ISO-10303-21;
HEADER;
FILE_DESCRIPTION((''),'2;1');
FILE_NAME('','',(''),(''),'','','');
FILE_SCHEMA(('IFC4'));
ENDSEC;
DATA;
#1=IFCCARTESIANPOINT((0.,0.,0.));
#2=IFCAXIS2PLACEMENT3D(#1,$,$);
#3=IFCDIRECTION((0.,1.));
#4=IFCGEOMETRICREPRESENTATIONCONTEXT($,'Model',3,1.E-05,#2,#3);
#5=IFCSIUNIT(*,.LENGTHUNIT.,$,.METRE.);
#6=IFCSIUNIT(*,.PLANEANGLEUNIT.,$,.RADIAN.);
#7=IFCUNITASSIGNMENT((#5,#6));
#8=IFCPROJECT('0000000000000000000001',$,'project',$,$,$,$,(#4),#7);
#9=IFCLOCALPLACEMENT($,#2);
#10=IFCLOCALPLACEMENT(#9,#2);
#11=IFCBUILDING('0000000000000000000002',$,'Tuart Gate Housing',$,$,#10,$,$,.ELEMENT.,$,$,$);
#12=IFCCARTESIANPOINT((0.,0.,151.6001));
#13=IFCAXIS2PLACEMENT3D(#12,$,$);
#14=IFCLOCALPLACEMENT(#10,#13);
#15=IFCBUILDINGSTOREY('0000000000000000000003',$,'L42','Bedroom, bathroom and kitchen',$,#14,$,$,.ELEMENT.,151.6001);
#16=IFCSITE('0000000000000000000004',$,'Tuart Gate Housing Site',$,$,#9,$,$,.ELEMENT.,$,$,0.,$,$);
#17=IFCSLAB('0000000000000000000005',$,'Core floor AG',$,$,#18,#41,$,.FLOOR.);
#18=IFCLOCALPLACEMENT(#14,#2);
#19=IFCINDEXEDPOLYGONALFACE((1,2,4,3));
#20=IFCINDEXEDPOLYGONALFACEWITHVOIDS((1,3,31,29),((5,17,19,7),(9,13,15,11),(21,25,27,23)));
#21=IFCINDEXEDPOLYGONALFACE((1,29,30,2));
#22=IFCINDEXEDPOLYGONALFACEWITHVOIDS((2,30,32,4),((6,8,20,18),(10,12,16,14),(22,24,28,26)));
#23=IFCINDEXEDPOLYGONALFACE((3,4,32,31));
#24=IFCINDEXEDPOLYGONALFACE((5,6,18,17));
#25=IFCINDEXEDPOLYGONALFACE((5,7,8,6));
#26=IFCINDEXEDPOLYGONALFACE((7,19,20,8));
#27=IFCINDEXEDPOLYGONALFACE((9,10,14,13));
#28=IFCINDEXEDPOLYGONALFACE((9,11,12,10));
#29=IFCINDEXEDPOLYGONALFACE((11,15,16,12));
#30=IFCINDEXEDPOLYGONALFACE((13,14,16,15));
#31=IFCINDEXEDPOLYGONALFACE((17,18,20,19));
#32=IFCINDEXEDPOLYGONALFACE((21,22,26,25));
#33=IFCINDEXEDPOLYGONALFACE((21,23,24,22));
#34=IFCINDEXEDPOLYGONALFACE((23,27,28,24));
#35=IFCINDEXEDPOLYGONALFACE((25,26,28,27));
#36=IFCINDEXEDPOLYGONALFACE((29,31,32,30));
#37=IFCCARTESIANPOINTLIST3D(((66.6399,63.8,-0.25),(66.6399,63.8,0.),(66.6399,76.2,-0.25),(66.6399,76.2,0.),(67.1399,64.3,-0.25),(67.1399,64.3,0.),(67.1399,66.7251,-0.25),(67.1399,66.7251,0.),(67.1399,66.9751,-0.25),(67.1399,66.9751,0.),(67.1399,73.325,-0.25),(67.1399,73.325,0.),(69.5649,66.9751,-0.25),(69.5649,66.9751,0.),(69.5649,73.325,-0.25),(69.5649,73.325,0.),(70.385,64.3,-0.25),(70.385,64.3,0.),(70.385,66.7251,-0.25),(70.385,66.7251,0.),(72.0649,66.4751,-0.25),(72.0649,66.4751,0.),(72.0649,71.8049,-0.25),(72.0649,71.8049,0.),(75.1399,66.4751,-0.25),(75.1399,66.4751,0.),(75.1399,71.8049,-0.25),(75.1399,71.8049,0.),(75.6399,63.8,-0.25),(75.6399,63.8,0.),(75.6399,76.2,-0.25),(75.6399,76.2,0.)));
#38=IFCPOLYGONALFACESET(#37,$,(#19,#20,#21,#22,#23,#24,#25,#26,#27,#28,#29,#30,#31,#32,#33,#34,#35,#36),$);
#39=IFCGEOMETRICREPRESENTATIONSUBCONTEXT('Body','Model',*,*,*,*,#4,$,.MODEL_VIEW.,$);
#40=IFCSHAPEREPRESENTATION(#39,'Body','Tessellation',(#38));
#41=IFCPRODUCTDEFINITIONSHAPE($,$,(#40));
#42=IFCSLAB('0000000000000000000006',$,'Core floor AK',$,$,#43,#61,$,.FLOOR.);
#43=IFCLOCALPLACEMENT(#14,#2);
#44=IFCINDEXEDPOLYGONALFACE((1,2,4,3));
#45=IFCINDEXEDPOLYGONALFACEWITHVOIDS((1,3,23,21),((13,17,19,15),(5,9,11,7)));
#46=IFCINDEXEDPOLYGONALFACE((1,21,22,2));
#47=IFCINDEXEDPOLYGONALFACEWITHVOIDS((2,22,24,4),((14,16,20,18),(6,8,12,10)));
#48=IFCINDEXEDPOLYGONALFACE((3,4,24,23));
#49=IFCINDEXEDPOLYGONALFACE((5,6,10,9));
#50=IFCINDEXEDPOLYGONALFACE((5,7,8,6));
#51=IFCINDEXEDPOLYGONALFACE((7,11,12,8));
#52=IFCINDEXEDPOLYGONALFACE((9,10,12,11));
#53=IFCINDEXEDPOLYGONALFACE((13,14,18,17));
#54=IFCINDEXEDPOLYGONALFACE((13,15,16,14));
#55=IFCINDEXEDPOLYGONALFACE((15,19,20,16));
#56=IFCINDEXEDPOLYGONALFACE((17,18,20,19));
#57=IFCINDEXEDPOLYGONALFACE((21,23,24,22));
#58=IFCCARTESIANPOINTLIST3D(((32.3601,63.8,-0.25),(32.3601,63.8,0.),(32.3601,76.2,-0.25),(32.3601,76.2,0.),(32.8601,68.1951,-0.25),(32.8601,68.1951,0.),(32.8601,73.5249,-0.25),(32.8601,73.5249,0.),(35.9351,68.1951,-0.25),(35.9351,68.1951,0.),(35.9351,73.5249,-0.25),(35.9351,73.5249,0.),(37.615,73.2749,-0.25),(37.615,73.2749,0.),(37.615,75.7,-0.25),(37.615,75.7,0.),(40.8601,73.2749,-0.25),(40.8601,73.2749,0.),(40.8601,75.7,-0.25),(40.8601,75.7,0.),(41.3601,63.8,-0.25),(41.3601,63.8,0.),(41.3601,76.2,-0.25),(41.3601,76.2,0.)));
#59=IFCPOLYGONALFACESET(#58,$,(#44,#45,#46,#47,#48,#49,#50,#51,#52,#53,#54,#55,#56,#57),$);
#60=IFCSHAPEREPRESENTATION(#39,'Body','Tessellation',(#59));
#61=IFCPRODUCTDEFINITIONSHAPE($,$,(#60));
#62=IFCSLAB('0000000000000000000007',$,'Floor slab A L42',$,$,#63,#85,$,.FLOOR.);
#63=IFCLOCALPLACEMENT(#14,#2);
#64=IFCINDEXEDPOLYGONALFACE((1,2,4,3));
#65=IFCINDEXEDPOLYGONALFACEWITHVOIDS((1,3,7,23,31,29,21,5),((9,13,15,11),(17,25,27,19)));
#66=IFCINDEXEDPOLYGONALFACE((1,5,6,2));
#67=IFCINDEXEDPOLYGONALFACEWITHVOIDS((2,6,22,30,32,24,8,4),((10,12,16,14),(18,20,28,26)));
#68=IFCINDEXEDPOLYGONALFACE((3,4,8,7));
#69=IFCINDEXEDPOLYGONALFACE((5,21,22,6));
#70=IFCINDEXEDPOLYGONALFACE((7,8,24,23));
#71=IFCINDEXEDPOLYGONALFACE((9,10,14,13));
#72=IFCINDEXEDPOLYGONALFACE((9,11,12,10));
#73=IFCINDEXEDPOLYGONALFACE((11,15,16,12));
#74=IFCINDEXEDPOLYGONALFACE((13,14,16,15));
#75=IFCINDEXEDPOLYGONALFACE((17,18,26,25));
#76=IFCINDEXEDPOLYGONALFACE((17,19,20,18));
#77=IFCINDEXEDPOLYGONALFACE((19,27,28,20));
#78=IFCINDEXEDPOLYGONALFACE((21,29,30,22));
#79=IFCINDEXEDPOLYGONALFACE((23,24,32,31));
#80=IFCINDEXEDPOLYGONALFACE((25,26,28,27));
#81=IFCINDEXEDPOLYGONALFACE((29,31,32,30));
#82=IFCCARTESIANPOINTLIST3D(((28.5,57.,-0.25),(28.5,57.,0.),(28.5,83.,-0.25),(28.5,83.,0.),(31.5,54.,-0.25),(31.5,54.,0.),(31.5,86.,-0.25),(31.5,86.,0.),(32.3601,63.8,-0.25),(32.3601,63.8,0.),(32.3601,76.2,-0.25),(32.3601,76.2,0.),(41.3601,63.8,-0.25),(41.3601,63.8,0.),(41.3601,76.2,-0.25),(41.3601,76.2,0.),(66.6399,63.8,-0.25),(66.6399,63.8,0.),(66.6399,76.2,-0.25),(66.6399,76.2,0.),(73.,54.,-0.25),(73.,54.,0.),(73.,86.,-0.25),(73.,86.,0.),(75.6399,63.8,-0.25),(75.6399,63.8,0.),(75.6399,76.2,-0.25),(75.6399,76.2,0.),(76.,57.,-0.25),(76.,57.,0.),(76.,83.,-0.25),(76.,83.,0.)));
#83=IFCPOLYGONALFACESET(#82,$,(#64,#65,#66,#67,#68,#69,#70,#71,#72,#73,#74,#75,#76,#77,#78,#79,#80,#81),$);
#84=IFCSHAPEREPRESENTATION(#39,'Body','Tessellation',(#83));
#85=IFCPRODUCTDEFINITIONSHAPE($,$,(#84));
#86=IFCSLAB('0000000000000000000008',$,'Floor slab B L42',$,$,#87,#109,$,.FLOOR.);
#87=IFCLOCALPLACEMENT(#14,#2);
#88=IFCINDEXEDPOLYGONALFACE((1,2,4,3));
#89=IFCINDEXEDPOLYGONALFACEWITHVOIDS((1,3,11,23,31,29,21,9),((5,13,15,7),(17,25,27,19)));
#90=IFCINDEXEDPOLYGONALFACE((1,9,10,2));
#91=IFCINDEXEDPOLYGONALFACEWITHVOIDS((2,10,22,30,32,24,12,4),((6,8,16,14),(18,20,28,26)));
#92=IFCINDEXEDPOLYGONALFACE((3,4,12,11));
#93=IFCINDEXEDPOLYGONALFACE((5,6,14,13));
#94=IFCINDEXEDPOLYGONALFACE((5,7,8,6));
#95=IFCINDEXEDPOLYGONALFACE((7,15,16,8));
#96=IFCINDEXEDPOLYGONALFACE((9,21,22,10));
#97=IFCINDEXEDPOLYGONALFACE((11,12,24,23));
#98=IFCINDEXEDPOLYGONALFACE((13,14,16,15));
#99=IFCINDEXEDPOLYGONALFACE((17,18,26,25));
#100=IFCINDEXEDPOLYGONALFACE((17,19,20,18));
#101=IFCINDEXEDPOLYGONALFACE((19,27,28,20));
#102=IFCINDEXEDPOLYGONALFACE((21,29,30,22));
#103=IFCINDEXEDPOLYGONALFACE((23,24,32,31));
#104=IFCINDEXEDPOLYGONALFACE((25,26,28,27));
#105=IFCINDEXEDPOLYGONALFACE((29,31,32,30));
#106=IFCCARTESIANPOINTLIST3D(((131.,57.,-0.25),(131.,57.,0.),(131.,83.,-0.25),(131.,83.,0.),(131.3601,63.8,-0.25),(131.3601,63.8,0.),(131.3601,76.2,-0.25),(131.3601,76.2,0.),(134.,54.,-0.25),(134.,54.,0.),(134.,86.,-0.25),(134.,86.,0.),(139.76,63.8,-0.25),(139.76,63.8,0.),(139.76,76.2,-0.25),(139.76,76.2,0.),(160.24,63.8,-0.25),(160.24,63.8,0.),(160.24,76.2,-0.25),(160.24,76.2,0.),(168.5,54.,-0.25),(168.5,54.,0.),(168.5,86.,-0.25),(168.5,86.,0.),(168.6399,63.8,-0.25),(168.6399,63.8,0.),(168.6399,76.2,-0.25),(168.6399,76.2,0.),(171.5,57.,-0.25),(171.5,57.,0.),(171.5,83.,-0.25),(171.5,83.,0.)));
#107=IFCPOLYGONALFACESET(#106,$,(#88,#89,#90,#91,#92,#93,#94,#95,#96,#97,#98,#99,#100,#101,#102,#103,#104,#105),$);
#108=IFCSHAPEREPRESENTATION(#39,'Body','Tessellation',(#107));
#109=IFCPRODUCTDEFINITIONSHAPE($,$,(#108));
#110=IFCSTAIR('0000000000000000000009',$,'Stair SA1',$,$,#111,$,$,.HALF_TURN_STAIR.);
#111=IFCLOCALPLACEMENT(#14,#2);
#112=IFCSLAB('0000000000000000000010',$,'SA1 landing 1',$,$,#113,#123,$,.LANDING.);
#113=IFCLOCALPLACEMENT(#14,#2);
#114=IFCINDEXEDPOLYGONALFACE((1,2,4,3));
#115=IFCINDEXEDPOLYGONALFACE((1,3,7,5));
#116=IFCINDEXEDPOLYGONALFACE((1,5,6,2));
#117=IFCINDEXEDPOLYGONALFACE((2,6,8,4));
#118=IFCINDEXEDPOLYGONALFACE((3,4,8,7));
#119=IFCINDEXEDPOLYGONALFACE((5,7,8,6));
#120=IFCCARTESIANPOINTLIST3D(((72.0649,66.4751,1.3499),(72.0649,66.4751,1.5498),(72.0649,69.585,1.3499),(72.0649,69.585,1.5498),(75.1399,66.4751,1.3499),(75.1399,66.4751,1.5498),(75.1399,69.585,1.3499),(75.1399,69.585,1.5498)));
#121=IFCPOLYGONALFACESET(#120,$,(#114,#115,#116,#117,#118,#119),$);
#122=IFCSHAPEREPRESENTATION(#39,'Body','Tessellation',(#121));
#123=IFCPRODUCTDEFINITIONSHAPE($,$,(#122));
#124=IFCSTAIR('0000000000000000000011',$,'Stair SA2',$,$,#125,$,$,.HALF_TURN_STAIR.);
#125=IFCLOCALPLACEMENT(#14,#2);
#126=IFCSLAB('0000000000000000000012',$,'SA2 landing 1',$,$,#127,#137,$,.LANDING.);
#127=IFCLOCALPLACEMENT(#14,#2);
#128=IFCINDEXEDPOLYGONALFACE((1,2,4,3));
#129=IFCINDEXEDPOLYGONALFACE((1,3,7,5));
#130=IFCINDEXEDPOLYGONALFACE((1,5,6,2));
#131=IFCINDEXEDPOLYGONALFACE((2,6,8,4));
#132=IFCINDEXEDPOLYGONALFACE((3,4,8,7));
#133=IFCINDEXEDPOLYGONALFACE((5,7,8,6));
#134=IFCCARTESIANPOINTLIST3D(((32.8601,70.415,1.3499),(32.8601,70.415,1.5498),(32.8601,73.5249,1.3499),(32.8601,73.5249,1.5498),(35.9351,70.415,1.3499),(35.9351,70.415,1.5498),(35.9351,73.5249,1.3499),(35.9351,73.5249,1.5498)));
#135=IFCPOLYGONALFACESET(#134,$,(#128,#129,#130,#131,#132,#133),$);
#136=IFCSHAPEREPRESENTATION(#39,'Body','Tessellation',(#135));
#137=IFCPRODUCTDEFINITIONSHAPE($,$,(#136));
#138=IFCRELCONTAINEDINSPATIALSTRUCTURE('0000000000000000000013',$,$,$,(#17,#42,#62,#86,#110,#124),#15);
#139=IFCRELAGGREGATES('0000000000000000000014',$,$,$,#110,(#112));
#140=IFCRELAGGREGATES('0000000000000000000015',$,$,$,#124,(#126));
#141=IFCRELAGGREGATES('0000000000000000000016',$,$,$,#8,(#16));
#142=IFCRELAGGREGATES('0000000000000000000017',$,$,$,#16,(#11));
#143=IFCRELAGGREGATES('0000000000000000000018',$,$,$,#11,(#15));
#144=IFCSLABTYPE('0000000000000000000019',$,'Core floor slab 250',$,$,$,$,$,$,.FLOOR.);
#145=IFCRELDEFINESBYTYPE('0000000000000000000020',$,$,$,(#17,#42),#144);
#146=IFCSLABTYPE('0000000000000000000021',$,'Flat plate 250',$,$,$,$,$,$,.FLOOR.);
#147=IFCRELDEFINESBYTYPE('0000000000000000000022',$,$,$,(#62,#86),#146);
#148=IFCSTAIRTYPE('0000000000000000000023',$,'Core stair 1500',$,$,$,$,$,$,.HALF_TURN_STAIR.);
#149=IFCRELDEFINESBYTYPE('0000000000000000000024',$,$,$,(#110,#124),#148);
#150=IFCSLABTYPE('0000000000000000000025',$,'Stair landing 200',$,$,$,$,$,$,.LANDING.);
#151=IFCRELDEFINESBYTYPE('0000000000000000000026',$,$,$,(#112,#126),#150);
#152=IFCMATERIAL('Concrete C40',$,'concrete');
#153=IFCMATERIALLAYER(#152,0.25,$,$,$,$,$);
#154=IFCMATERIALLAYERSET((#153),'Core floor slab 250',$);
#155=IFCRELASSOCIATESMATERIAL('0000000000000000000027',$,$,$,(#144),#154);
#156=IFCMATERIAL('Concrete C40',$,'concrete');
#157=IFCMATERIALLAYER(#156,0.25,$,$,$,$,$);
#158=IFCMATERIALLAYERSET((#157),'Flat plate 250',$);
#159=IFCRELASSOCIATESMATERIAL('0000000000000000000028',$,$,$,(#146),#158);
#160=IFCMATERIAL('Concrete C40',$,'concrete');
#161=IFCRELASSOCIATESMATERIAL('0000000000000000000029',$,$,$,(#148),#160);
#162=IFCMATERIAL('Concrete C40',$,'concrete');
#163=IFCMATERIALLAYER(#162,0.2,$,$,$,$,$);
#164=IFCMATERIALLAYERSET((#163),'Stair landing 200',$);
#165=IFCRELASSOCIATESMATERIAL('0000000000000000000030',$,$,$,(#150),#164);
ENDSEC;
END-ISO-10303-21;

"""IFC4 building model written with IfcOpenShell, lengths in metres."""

from ifc_helpers import new_model, si_unit, direction, frame, origin, place, context, subcontext, project, spatial, polyline, outline, extrude, material, layer, layer_set, type_object, element, aggregate, save


model = new_model("IFC4")

# Units and contexts
model_context = context("Model", 3, precision=1e-05, world=origin(), true_north=direction((0.0, 1.0)))
body_context = subcontext(model_context, "Body", "Model", "MODEL_VIEW")
ifc_project = project(units=[si_unit("LENGTHUNIT", "METRE"), si_unit("PLANEANGLEUNIT", "RADIAN")], contexts=[model_context])

# Site, building, storey
site_placement = place(None, origin())
site = spatial("IfcSite", under=ifc_project, at=site_placement, Name="Tuart Gate Housing Site", CompositionType="ELEMENT", RefElevation=0.0)
building_placement = place(site_placement, origin())
building = spatial("IfcBuilding", under=site, at=building_placement, Name="Tuart Gate Housing", CompositionType="ELEMENT")
storey_placement = place(building_placement, frame((0.0, 0.0, 151.6001)))
storey = spatial("IfcBuildingStorey", under=building, at=storey_placement, Name="L42", Description="Bedroom, bathroom and kitchen", CompositionType="ELEMENT", Elevation=151.6001)

# Slabs
ifc_material_1 = material(Name="Concrete C40", Category="concrete")
ifc_layer_1 = layer(ifc_material_1, 0.25)
ifc_layer_set_1 = layer_set([ifc_layer_1], Name="Core floor slab 250")
slab_type_1 = type_object("IfcSlabType", Name="Core floor slab 250", PredefinedType="FLOOR", material=ifc_layer_set_1)
slab_1_placement = place(storey_placement, frame((0.0, 0.0, -0.25)))
element("IfcSlab", 1, at=slab_1_placement, inside=storey, type_object=slab_type_1, Name="Core floor AG", PredefinedType="FLOOR", context=body_context, shape_type="SweptSolid", body=[
    extrude(outline(polyline([(66.6399, 63.8), (75.6399, 63.8), (75.6399, 76.2), (66.6399, 76.2), (66.6399, 63.8)]), holes=[polyline([(67.1399, 64.3), (70.385, 64.3), (70.385, 66.7251), (67.1399, 66.7251), (67.1399, 64.3)]), polyline([(67.1399, 66.9751), (69.5649, 66.9751), (69.5649, 73.325), (67.1399, 73.325), (67.1399, 66.9751)]), polyline([(72.0649, 66.4751), (75.1399, 66.4751), (75.1399, 71.8049), (72.0649, 71.8049), (72.0649, 66.4751)])]), origin(), (0.0, 0.0, 1.0), 0.25),
])
slab_2_placement = place(storey_placement, frame((0.0, 0.0, -0.25)))
element("IfcSlab", 2, at=slab_2_placement, inside=storey, type_object=slab_type_1, Name="Core floor AK", PredefinedType="FLOOR", context=body_context, shape_type="SweptSolid", body=[
    extrude(outline(polyline([(32.3601, 63.8), (41.3601, 63.8), (41.3601, 76.2), (32.3601, 76.2), (32.3601, 63.8)]), holes=[polyline([(40.8601, 75.7), (37.615, 75.7), (37.615, 73.2749), (40.8601, 73.2749), (40.8601, 75.7)]), polyline([(35.9351, 73.5249), (32.8601, 73.5249), (32.8601, 68.1951), (35.9351, 68.1951), (35.9351, 73.5249)])]), origin(), (0.0, 0.0, 1.0), 0.25),
])
ifc_material_2 = material(Name="Concrete C40", Category="concrete")
ifc_layer_2 = layer(ifc_material_2, 0.25)
ifc_layer_set_2 = layer_set([ifc_layer_2], Name="Flat plate 250")
slab_type_2 = type_object("IfcSlabType", Name="Flat plate 250", PredefinedType="FLOOR", material=ifc_layer_set_2)
slab_3_placement = place(storey_placement, frame((0.0, 0.0, -0.25)))
element("IfcSlab", 3, at=slab_3_placement, inside=storey, type_object=slab_type_2, Name="Floor slab A L42", PredefinedType="FLOOR", context=body_context, shape_type="SweptSolid", body=[
    extrude(outline(polyline([(31.5, 86.0), (28.5, 83.0), (28.5, 57.0), (31.5, 54.0), (73.0, 54.0), (76.0, 57.0), (76.0, 83.0), (73.0, 86.0), (31.5, 86.0)]), holes=[polyline([(66.6399, 76.2), (75.6399, 76.2), (75.6399, 63.8), (66.6399, 63.8), (66.6399, 76.2)]), polyline([(41.3601, 76.2), (41.3601, 63.8), (32.3601, 63.8), (32.3601, 76.2), (41.3601, 76.2)])]), origin(), (0.0, 0.0, 1.0), 0.25),
])
slab_4_placement = place(storey_placement, frame((0.0, 0.0, -0.25)))
element("IfcSlab", 4, at=slab_4_placement, inside=storey, type_object=slab_type_2, Name="Floor slab B L42", PredefinedType="FLOOR", context=body_context, shape_type="SweptSolid", body=[
    extrude(outline(polyline([(134.0, 86.0), (131.0, 83.0), (131.0, 57.0), (134.0, 54.0), (168.5, 54.0), (171.5, 57.0), (171.5, 83.0), (168.5, 86.0), (134.0, 86.0)]), holes=[polyline([(131.3601, 76.2), (139.76, 76.2), (139.76, 63.8), (131.3601, 63.8), (131.3601, 76.2)]), polyline([(168.6399, 76.2), (168.6399, 63.8), (160.24, 63.8), (160.24, 76.2), (168.6399, 76.2)])]), origin(), (0.0, 0.0, 1.0), 0.25),
])

# Stairs, slabs
ifc_material_3 = material(Name="Concrete C40", Category="concrete")
stair_type = type_object("IfcStairType", Name="Core stair 1500", PredefinedType="HALF_TURN_STAIR", material=ifc_material_3)
stair_1_placement = place(storey_placement, origin())
stair_1 = element("IfcStair", 5, at=stair_1_placement, inside=storey, type_object=stair_type, Name="Stair SA1", PredefinedType="HALF_TURN_STAIR")
ifc_material_4 = material(Name="Concrete C40", Category="concrete")
ifc_layer_3 = layer(ifc_material_4, 0.2)
ifc_layer_set_3 = layer_set([ifc_layer_3], Name="Stair landing 200")
slab_type_3 = type_object("IfcSlabType", Name="Stair landing 200", PredefinedType="LANDING", material=ifc_layer_set_3)
slab_5_placement = place(storey_placement, frame((0.0, 0.0, 1.3499)))
slab_5 = element("IfcSlab", 6, at=slab_5_placement, type_object=slab_type_3, Name="SA1 landing 1", PredefinedType="LANDING", context=body_context, shape_type="SweptSolid", body=[
    extrude(outline(polyline([(72.0649, 66.4751), (75.1399, 66.4751), (75.1399, 69.585), (72.0649, 69.585), (72.0649, 66.4751)])), origin(), (0.0, 0.0, 1.0), 0.2),
])
aggregate(stair_1, [slab_5])
stair_2_placement = place(storey_placement, origin())
stair_2 = element("IfcStair", 7, at=stair_2_placement, inside=storey, type_object=stair_type, Name="Stair SA2", PredefinedType="HALF_TURN_STAIR")
slab_6_placement = place(storey_placement, frame((0.0, 0.0, 1.3499)))
slab_6 = element("IfcSlab", 8, at=slab_6_placement, type_object=slab_type_3, Name="SA2 landing 1", PredefinedType="LANDING", context=body_context, shape_type="SweptSolid", body=[
    extrude(outline(polyline([(35.9351, 73.5249), (32.8601, 73.5249), (32.8601, 70.415), (35.9351, 70.415), (35.9351, 73.5249)])), origin(), (0.0, 0.0, 1.0), 0.2),
])
aggregate(stair_2, [slab_6])

save(model, "model.ifc")
